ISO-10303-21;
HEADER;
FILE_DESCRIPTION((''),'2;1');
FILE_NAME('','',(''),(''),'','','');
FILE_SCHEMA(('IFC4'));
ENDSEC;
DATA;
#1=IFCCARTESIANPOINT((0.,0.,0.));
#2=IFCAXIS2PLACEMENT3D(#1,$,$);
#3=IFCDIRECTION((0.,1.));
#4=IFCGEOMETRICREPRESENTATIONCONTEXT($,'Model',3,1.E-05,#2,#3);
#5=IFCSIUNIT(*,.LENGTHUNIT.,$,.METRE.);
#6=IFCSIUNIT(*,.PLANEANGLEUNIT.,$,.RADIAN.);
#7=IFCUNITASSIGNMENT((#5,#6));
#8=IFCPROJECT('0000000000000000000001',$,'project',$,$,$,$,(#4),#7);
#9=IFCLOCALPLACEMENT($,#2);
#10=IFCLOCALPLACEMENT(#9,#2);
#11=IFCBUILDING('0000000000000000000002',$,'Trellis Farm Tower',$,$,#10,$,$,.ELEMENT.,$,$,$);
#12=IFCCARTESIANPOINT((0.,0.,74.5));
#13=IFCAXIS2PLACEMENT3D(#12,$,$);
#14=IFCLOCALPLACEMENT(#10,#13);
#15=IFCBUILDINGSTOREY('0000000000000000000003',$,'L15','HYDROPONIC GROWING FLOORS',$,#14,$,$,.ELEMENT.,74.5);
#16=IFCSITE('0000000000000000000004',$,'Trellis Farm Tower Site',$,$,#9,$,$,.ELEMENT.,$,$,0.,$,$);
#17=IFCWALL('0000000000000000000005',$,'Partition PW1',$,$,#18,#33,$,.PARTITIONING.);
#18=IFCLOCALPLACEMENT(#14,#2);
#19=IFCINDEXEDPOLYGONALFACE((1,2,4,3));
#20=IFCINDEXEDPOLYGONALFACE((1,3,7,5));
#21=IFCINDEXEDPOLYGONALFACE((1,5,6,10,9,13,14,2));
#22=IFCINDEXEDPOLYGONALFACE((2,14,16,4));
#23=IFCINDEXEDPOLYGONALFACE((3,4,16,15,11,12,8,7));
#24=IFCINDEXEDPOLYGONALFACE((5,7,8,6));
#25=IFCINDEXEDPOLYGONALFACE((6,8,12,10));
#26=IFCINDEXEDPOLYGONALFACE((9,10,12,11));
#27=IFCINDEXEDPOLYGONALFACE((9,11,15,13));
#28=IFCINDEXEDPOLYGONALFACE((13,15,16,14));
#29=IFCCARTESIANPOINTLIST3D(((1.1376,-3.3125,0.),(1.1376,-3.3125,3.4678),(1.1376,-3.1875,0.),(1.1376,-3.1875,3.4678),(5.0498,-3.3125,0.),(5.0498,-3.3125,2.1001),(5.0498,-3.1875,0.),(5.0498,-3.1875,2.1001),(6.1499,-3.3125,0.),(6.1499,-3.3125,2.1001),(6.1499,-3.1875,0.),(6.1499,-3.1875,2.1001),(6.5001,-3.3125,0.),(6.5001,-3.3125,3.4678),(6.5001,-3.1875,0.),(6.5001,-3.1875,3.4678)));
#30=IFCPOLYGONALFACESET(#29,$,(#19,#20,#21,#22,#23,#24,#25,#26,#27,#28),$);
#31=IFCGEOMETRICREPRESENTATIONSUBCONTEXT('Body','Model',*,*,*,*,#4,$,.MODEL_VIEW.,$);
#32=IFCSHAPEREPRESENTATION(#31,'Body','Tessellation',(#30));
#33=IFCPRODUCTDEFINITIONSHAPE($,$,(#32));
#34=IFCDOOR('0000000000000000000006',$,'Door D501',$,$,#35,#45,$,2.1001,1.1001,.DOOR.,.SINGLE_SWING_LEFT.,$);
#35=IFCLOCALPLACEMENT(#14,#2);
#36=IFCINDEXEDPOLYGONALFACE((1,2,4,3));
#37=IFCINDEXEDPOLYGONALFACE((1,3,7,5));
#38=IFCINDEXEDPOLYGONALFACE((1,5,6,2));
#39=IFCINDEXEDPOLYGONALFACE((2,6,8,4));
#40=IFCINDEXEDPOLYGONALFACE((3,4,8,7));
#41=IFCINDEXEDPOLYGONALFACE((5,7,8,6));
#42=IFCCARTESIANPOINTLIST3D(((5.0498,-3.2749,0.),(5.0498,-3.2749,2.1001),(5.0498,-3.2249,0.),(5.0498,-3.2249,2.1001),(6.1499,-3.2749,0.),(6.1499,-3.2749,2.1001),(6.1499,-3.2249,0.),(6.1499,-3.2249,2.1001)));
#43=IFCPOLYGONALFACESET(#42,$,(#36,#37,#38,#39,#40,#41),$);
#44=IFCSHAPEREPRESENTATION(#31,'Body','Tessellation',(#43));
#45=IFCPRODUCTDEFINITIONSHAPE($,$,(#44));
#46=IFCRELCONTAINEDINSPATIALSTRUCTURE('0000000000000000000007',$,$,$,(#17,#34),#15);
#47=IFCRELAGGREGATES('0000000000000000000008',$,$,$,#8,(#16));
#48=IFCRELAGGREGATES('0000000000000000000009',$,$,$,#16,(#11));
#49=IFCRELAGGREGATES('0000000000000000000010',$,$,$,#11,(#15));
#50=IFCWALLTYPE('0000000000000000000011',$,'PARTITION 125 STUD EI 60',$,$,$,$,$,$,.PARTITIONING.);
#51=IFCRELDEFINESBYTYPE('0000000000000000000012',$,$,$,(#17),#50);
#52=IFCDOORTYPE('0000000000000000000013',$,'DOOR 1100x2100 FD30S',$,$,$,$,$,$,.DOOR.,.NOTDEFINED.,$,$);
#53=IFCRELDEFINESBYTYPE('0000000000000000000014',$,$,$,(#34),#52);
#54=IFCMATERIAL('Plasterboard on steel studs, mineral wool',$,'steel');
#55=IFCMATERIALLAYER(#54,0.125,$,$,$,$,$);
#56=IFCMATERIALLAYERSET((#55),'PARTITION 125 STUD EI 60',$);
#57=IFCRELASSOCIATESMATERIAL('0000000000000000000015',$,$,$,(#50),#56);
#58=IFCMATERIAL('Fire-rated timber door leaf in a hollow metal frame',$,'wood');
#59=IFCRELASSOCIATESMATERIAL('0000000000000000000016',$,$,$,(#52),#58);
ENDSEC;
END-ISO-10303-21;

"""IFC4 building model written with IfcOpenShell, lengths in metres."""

from ifc_helpers import new_model, si_unit, direction, frame, frame_2d, origin, place, context, subcontext, project, spatial, rectangle, extrude, source, transform, mapped, material, layer, layer_set, type_object, element, fill, save


model = new_model("IFC4")

# Units and contexts
model_context = context("Model", 3, precision=1e-05, world=origin(), true_north=direction((0.0, 1.0)))
body_context = subcontext(model_context, "Body", "Model", "MODEL_VIEW")
ifc_project = project(units=[si_unit("LENGTHUNIT", "METRE"), si_unit("PLANEANGLEUNIT", "RADIAN")], contexts=[model_context])

# Site, building, storey
site_placement = place(None, origin())
site = spatial("IfcSite", under=ifc_project, at=site_placement, Name="Trellis Farm Tower Site", CompositionType="ELEMENT", RefElevation=0.0)
building_placement = place(site_placement, origin())
building = spatial("IfcBuilding", under=site, at=building_placement, Name="Trellis Farm Tower", CompositionType="ELEMENT")
storey_placement = place(building_placement, frame((0.0, 0.0, 74.5)))
storey = spatial("IfcBuildingStorey", under=building, at=storey_placement, Name="L15", Description="HYDROPONIC GROWING FLOORS", CompositionType="ELEMENT", Elevation=74.5)

# Shared definitions
shared_shape_1 = source(origin(), body_context, "Body", "SweptSolid", [
    extrude(rectangle(XDim=1.1001, YDim=2.1001, at=frame_2d((0.55, 1.05))), frame((0.0, 0.0249, 0.0), z_axis=(0.0, -1.0, 0.0), x_axis=(1.0, 0.0, 0.0)), (0.0, 0.0, 1.0), 0.05),
])

# Wall, opening, door
ifc_material_1 = material(Name="Plasterboard on steel studs, mineral wool", Category="steel")
ifc_layer_1 = layer(ifc_material_1, 0.125)
ifc_layer_set_1 = layer_set([ifc_layer_1], Name="PARTITION 125 STUD EI 60")
wall_type_1 = type_object("IfcWallType", Name="PARTITION 125 STUD EI 60", PredefinedType="PARTITIONING", material=ifc_layer_set_1)
shared_shape_2 = source(origin(), body_context, "Body", "SweptSolid", [
    extrude(rectangle(XDim=5.3625, YDim=0.125, at=frame_2d((2.6812, 0.0))), origin(), (0.0, 0.0, 1.0), 3.4678),
])
wall_1_placement = place(storey_placement, frame((6.5, -3.25, 0.0), z_axis=(0.0, 0.0, 1.0), x_axis=(-1.0, 0.0, 0.0)))
wall_1 = element("IfcWall", 1, at=wall_1_placement, inside=storey, type_object=wall_type_1, Name="Partition PW1", PredefinedType="PARTITIONING", context=body_context, shape_type="MappedRepresentation", body=[
    mapped(shared_shape_2, transform((0.0, 0.0, 0.0))),
])
shared_shape_3 = source(origin(), body_context, "Body", "SweptSolid", [
    extrude(rectangle(XDim=1.1001, YDim=2.1001, at=frame_2d((0.55, 1.05))), frame((0.0, 0.0725, 0.0), z_axis=(0.0, -1.0, 0.0), x_axis=(1.0, 0.0, 0.0)), (0.0, 0.0, 1.0), 0.145),
])
opening_1_placement = place(wall_1_placement, frame((0.3501, 0.0, 0.0)))
opening_1 = element("IfcOpeningElement", 2, at=opening_1_placement, cuts=wall_1, PredefinedType="OPENING", context=body_context, shape_type="MappedRepresentation", body=[
    mapped(shared_shape_3, transform((0.0, 0.0, 0.0))),
])
ifc_material_2 = material(Name="Fire-rated timber door leaf in a hollow metal frame", Category="wood")
door_type_1 = type_object("IfcDoorType", Name="DOOR 1100x2100 FD30S", OperationType="NOTDEFINED", PredefinedType="DOOR", material=ifc_material_2)
door_1_placement = place(opening_1_placement, origin())
door_1 = element("IfcDoor", 3, at=door_1_placement, inside=storey, type_object=door_type_1, Name="Door D501", OperationType="SINGLE_SWING_LEFT", OverallHeight=2.1001, OverallWidth=1.1001, PredefinedType="DOOR", context=body_context, shape_type="MappedRepresentation", body=[
    mapped(shared_shape_1, transform((0.0, 0.0, 0.0))),
])
fill(opening_1, door_1)

save(model, "model.ifc")
